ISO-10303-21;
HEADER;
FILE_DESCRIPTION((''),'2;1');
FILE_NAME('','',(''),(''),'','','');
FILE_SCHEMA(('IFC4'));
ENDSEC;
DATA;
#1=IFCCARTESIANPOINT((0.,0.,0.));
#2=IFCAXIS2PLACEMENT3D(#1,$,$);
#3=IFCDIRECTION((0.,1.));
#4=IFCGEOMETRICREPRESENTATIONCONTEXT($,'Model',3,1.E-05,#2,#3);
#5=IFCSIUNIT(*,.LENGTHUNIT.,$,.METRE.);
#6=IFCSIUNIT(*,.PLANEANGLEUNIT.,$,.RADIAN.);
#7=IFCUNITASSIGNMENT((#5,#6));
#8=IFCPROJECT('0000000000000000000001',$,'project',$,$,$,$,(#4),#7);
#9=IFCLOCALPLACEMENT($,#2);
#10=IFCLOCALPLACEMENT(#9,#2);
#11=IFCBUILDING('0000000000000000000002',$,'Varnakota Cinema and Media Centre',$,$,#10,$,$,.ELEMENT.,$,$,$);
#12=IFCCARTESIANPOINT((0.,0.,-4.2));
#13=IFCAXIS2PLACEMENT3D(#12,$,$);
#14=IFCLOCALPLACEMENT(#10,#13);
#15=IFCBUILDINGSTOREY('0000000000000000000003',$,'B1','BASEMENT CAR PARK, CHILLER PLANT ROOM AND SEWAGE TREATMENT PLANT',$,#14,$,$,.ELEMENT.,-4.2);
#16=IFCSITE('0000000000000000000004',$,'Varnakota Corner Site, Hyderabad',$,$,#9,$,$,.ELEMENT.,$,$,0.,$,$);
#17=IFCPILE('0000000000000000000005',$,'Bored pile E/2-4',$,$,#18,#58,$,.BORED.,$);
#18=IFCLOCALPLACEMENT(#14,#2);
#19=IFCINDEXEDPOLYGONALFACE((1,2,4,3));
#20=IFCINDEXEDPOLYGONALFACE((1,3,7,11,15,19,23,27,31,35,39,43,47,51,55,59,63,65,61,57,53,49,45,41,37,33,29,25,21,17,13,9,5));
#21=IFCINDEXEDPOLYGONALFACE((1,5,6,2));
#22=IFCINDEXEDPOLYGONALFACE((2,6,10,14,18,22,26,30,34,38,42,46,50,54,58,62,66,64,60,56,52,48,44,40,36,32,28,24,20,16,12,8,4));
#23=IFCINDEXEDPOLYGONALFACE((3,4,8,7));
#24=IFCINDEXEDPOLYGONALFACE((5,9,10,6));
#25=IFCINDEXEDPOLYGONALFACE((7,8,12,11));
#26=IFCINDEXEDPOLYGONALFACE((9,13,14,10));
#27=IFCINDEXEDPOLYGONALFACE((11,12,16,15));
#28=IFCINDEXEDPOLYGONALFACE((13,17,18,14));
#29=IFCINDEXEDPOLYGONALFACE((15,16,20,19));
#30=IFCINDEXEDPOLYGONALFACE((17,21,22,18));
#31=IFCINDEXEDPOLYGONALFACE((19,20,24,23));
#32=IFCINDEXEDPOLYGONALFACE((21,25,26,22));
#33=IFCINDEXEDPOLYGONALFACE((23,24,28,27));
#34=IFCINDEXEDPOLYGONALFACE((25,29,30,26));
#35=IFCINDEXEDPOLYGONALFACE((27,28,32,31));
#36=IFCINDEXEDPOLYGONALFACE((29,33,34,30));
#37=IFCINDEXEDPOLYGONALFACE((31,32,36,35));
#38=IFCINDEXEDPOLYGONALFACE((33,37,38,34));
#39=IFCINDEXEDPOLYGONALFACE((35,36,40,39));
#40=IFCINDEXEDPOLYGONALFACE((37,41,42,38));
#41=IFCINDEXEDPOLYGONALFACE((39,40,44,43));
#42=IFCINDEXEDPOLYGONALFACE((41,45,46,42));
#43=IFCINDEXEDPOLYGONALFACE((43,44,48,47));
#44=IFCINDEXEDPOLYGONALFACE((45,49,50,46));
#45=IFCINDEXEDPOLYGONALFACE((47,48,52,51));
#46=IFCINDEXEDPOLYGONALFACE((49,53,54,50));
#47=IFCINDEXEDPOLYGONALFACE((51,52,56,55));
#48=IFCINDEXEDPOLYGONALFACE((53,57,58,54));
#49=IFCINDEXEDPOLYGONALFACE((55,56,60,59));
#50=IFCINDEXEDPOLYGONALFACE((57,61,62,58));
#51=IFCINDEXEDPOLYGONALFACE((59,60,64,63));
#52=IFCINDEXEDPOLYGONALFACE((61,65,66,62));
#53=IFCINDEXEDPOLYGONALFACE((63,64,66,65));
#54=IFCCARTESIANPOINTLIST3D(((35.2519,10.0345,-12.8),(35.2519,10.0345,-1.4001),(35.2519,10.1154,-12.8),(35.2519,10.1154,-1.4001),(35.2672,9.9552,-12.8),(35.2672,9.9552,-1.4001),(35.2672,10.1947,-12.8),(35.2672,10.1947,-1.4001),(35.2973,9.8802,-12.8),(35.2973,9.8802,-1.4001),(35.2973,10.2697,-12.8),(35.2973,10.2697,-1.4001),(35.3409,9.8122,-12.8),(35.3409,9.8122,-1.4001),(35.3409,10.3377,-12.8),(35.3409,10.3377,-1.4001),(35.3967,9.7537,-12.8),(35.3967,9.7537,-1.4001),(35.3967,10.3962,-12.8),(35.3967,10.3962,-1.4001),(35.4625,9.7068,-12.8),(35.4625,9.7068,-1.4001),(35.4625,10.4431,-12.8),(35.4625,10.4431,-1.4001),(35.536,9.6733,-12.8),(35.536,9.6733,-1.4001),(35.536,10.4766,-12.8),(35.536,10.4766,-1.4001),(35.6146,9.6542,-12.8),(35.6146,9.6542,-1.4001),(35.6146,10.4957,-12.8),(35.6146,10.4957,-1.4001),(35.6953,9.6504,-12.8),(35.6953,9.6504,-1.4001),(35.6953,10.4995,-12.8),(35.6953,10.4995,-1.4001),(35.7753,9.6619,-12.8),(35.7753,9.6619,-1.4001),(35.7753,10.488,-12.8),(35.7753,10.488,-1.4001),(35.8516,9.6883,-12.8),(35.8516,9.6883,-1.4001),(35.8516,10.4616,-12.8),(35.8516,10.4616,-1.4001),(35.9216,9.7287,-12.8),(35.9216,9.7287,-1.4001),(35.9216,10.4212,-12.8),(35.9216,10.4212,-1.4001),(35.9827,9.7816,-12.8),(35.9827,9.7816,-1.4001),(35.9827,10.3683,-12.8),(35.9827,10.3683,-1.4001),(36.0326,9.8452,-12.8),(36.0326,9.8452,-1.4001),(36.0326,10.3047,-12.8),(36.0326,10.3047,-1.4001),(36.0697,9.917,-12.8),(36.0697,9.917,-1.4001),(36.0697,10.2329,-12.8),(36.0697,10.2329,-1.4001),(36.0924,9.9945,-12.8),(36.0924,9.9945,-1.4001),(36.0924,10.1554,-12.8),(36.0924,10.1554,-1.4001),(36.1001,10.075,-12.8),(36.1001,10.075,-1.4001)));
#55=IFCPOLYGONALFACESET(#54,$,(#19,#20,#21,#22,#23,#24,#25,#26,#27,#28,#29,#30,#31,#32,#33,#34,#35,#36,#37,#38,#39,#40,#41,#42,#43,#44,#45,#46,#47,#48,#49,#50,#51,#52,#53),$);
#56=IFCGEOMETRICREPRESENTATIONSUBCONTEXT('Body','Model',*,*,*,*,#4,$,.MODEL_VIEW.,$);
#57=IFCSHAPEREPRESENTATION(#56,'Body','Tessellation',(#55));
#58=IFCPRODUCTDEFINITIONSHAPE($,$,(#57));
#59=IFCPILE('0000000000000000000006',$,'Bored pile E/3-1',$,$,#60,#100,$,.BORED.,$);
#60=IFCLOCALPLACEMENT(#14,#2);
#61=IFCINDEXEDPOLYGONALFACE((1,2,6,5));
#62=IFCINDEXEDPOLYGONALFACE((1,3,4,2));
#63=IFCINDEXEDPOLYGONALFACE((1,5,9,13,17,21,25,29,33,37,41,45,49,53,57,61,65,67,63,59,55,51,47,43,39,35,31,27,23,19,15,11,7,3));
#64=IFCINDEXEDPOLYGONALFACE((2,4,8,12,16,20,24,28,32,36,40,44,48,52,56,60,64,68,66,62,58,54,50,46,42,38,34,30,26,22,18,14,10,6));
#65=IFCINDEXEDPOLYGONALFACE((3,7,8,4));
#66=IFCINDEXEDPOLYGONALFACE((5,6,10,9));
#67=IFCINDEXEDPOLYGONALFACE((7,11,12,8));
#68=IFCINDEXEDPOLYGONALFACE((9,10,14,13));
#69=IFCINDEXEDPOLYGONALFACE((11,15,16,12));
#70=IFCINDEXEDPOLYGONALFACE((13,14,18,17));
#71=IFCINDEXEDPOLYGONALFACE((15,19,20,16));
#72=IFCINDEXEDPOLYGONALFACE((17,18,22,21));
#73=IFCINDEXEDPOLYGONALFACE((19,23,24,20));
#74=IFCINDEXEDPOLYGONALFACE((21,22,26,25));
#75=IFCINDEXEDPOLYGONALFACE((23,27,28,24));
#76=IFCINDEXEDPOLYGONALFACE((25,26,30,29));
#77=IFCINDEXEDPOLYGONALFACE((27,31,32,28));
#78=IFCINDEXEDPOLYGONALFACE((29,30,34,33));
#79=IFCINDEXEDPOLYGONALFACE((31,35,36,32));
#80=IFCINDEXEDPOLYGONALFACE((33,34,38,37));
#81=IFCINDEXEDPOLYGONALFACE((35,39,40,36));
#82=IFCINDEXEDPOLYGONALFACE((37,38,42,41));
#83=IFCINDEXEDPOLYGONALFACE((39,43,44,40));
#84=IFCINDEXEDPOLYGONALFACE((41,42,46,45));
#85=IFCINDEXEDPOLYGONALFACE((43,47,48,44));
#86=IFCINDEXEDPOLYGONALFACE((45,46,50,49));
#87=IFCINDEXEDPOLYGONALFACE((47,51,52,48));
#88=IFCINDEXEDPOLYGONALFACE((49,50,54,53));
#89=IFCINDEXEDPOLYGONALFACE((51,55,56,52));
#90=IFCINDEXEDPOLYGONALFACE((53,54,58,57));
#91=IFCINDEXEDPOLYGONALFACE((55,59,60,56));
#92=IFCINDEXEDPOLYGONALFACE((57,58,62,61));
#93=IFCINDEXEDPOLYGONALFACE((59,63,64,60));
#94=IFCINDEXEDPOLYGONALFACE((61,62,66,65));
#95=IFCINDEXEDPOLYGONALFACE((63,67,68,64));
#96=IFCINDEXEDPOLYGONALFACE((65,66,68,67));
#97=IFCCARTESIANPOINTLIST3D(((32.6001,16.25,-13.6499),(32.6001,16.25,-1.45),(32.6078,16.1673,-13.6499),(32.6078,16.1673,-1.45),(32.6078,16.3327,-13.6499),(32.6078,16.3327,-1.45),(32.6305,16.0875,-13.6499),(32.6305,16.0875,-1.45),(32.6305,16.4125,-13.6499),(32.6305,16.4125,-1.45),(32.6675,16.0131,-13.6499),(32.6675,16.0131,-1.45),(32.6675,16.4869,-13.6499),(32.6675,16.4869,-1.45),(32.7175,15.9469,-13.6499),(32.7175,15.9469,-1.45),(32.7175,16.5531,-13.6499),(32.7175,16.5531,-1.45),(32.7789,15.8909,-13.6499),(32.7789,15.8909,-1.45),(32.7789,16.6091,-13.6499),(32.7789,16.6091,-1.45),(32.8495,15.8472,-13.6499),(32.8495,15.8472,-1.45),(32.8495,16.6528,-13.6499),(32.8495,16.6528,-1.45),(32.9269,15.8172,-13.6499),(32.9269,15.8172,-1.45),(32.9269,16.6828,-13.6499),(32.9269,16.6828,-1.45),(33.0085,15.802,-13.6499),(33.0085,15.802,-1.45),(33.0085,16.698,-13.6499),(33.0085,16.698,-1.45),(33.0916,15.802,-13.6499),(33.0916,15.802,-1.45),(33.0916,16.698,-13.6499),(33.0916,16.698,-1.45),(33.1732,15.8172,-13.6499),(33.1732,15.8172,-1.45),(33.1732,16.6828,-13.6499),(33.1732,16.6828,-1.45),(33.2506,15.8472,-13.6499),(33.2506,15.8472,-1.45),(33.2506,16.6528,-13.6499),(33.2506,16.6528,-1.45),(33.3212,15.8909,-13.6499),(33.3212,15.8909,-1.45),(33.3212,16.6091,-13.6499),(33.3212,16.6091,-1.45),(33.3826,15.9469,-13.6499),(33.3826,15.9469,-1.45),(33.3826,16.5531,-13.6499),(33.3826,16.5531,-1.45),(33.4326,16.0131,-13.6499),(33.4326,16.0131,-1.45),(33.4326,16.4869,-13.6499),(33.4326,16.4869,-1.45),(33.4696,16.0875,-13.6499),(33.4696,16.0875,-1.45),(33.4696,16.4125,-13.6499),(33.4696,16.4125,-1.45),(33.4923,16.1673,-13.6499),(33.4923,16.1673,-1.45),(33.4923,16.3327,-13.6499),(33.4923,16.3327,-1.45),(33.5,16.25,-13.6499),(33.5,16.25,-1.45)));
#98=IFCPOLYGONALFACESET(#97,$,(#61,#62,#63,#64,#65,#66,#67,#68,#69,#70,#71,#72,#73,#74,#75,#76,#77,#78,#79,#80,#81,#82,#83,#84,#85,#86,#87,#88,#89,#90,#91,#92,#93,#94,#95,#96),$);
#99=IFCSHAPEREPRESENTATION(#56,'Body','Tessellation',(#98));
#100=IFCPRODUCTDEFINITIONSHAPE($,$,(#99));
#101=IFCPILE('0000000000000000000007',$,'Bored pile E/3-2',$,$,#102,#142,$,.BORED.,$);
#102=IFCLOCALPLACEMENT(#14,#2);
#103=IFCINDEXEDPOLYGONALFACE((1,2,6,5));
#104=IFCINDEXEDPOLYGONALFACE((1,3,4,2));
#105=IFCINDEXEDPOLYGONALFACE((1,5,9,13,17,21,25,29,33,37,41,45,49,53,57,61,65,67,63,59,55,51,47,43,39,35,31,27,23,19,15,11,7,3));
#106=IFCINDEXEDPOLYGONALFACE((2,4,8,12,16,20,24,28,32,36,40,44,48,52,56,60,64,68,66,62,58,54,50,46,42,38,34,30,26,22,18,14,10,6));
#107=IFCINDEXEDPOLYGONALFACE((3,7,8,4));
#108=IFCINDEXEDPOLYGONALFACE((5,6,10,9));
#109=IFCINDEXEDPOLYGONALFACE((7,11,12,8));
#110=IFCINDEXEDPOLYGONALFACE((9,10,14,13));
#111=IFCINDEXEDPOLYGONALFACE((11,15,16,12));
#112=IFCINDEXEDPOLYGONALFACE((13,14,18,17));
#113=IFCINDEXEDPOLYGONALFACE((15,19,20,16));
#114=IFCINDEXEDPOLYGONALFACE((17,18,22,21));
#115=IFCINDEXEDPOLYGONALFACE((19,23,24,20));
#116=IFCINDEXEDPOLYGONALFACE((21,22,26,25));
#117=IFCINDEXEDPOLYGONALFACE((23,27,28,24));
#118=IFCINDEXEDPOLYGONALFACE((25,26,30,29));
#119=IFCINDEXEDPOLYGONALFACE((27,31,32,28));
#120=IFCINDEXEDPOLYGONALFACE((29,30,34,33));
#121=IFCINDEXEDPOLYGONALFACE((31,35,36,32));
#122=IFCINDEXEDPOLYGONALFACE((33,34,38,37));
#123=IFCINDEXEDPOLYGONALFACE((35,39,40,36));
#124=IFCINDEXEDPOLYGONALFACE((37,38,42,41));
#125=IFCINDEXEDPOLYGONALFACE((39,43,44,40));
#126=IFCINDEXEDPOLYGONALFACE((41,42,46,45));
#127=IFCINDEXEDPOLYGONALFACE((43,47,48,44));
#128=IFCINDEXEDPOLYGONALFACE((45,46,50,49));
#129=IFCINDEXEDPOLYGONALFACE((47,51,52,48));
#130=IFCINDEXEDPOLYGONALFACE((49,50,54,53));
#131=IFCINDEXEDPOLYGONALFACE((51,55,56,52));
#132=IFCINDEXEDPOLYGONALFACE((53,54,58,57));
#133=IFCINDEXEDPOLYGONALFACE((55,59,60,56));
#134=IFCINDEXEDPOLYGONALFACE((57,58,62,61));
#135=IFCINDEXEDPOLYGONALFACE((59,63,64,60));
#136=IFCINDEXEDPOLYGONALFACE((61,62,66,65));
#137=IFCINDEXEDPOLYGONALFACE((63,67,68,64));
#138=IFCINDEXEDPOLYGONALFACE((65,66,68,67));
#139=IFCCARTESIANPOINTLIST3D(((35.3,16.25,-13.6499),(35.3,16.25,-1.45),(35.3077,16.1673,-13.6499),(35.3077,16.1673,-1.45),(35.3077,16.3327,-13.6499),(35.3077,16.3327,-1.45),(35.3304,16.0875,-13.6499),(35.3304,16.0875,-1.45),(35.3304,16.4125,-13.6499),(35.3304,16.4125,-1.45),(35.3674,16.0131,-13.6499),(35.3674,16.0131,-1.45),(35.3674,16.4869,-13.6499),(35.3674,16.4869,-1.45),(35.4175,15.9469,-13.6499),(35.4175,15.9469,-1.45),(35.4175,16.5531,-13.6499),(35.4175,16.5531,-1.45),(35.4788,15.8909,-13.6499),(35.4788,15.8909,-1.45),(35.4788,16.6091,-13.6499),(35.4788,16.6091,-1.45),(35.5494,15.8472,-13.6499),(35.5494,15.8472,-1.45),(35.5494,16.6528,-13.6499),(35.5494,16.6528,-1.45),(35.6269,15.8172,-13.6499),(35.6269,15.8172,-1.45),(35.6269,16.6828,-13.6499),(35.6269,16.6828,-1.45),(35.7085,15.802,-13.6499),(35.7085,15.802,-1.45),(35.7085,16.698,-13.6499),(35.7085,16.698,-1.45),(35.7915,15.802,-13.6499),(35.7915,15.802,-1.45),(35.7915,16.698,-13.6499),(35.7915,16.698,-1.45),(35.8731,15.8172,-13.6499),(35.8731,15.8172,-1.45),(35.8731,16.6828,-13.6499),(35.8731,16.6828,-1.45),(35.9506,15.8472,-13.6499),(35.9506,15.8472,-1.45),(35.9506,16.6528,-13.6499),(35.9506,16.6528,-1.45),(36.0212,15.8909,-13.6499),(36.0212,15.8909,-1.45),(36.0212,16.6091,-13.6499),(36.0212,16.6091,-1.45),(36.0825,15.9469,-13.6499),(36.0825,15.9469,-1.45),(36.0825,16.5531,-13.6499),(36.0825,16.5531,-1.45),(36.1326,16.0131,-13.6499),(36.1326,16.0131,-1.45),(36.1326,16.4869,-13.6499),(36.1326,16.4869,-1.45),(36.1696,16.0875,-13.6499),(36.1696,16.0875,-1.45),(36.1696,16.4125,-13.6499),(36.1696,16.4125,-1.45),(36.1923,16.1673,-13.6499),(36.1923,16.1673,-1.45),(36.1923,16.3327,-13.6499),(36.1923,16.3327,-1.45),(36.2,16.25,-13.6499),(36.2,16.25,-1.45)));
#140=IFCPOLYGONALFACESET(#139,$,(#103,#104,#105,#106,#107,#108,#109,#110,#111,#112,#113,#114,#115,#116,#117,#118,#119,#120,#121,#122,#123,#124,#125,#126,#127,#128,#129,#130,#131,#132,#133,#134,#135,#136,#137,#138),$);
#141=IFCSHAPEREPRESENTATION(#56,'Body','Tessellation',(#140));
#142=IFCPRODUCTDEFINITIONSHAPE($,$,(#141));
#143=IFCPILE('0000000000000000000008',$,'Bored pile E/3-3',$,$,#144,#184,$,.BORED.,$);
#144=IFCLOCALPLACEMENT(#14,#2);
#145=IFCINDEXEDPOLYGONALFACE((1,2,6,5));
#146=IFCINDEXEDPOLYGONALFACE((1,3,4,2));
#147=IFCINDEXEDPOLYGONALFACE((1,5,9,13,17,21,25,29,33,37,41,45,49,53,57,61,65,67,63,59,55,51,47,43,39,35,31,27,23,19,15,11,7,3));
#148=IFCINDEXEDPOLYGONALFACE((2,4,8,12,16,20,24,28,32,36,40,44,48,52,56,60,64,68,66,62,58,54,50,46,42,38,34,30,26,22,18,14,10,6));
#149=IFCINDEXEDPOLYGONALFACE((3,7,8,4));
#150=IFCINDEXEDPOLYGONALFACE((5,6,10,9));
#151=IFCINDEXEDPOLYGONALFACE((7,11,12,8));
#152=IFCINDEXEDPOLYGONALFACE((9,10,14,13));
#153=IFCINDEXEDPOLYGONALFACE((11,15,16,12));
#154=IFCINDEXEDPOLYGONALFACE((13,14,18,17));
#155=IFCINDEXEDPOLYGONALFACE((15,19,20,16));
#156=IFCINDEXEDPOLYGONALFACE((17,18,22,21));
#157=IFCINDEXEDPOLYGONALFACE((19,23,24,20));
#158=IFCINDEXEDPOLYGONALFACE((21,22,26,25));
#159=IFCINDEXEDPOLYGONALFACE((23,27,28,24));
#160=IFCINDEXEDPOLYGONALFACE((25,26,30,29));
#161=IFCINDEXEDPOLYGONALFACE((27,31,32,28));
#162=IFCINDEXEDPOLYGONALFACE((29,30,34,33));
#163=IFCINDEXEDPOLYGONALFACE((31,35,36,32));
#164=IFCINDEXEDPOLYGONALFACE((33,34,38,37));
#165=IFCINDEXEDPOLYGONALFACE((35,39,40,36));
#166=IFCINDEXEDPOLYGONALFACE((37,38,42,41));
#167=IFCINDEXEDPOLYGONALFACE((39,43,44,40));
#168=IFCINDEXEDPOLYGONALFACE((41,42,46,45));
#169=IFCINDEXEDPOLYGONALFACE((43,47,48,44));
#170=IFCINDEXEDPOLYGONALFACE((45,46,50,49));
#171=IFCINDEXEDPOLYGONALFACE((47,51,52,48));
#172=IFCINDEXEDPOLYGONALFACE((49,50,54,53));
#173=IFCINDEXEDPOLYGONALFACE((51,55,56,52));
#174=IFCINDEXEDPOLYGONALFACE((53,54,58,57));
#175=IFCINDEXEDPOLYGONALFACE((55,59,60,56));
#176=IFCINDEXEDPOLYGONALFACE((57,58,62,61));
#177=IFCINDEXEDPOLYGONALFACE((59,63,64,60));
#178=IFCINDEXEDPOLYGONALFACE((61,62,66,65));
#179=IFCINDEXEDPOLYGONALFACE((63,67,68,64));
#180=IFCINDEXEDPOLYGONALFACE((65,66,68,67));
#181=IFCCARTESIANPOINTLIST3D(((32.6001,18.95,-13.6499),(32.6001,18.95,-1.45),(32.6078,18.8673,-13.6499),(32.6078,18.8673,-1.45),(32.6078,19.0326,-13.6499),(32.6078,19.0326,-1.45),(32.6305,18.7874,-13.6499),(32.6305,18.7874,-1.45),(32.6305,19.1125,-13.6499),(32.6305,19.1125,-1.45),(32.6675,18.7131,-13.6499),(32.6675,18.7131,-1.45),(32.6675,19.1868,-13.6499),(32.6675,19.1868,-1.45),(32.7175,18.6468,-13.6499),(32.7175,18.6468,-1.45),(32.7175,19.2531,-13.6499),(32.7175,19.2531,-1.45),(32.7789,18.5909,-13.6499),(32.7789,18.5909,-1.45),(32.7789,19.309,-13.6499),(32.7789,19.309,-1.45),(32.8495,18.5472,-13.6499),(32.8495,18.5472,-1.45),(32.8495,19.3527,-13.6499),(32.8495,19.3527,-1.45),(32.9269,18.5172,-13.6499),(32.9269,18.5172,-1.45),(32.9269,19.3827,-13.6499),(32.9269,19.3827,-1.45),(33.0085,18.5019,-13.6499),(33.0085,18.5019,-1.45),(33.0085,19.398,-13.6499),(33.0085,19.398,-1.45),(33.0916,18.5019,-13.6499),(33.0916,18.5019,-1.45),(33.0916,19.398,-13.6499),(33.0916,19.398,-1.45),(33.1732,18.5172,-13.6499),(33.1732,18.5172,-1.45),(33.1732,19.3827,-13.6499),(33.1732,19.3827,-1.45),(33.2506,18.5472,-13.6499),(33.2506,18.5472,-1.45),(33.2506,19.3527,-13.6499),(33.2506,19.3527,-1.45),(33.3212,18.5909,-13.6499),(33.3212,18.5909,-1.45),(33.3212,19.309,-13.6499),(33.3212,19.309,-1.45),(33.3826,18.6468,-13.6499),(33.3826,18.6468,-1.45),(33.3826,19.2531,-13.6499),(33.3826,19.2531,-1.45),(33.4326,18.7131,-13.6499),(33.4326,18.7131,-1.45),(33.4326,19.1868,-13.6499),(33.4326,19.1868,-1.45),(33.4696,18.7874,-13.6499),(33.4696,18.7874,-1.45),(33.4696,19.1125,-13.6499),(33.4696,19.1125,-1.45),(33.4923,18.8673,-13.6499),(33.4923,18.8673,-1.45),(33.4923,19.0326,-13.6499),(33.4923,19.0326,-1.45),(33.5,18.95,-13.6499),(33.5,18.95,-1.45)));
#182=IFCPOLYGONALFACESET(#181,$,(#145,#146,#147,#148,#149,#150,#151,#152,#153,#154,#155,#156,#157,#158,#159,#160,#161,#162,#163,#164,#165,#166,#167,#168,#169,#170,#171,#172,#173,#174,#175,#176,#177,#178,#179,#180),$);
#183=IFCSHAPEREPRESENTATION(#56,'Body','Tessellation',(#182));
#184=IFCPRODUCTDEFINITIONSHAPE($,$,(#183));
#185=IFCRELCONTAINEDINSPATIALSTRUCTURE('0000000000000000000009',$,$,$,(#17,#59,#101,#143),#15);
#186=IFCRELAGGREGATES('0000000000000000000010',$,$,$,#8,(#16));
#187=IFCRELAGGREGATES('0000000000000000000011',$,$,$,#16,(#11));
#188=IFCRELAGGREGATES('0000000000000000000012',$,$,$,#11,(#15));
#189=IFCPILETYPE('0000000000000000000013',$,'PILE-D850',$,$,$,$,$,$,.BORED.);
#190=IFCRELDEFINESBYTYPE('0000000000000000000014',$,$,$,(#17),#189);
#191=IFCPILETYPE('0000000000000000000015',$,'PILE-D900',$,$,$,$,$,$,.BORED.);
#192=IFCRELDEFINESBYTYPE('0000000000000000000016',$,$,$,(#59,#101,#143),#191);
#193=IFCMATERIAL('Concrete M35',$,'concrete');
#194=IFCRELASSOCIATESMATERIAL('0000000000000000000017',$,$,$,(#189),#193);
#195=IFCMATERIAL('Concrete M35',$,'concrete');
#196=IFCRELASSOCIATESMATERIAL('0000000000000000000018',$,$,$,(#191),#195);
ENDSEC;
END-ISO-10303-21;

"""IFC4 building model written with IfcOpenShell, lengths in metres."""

from ifc_helpers import new_model, si_unit, direction, frame, origin, origin_2d, place, context, subcontext, project, spatial, circle, extrude, material, material_profile, profile_set, type_object, element, save


model = new_model("IFC4")

# Units and contexts
model_context = context("Model", 3, precision=1e-05, world=origin(), true_north=direction((0.0, 1.0)))
body_context = subcontext(model_context, "Body", "Model", "MODEL_VIEW")
ifc_project = project(units=[si_unit("LENGTHUNIT", "METRE"), si_unit("PLANEANGLEUNIT", "RADIAN")], contexts=[model_context])

# Site, building, storey
site_placement = place(None, origin())
site = spatial("IfcSite", under=ifc_project, at=site_placement, Name="Varnakota Corner Site, Hyderabad", CompositionType="ELEMENT", RefElevation=0.0)
building_placement = place(site_placement, origin())
building = spatial("IfcBuilding", under=site, at=building_placement, Name="Varnakota Cinema and Media Centre", CompositionType="ELEMENT")
storey_placement = place(building_placement, frame((0.0, 0.0, -4.2)))
storey = spatial("IfcBuildingStorey", under=building, at=storey_placement, Name="B1", Description="BASEMENT CAR PARK, CHILLER PLANT ROOM AND SEWAGE TREATMENT PLANT", CompositionType="ELEMENT", Elevation=-4.2)

# Piles
ifc_material_1 = material(Name="Concrete M35", Category="concrete")
ifc_material_profile_1 = material_profile(ifc_material_1, circle(Radius=0.425, at=origin_2d()), Name="PILE D850")
ifc_profile_set_1 = profile_set([ifc_material_profile_1], Name="Concrete M35")
pile_type_1 = type_object("IfcPileType", Name="PILE-D850", PredefinedType="BORED", material=ifc_profile_set_1)
for number, where, z_axis, x_axis, name in (
    (1, (35.675, 10.075, -1.4001), (0.0, 0.0, -1.0), (1.0, 0.0, 0.0), "Bored pile E/2-4"),
):
    element("IfcPile", number, at=place(storey_placement, frame(where, z_axis=z_axis, x_axis=x_axis)), inside=storey, type_object=pile_type_1, Name=name, PredefinedType="BORED", context=body_context, shape_type="SweptSolid", body=[
        extrude(circle(Radius=0.425, at=origin_2d()), origin(), (0.0, 0.0, 1.0), 11.3999),
    ])
ifc_material_2 = material(Name="Concrete M35", Category="concrete")
ifc_material_profile_2 = material_profile(ifc_material_2, circle(Radius=0.45, at=origin_2d()), Name="PILE D900")
ifc_profile_set_2 = profile_set([ifc_material_profile_2], Name="Concrete M35")
pile_type_2 = type_object("IfcPileType", Name="PILE-D900", PredefinedType="BORED", material=ifc_profile_set_2)
for number, where, z_axis, x_axis, name in (
    (2, (33.05, 16.25, -1.45), (0.0, 0.0, -1.0), (1.0, 0.0, 0.0), "Bored pile E/3-1"),
    (3, (35.75, 16.25, -1.45), (0.0, 0.0, -1.0), (1.0, 0.0, 0.0), "Bored pile E/3-2"),
    (4, (33.05, 18.95, -1.45), (0.0, 0.0, -1.0), (1.0, 0.0, 0.0), "Bored pile E/3-3"),
):
    element("IfcPile", number, at=place(storey_placement, frame(where, z_axis=z_axis, x_axis=x_axis)), inside=storey, type_object=pile_type_2, Name=name, PredefinedType="BORED", context=body_context, shape_type="SweptSolid", body=[
        extrude(circle(Radius=0.45, at=origin_2d()), origin(), (0.0, 0.0, 1.0), 12.2),
    ])

save(model, "model.ifc")
